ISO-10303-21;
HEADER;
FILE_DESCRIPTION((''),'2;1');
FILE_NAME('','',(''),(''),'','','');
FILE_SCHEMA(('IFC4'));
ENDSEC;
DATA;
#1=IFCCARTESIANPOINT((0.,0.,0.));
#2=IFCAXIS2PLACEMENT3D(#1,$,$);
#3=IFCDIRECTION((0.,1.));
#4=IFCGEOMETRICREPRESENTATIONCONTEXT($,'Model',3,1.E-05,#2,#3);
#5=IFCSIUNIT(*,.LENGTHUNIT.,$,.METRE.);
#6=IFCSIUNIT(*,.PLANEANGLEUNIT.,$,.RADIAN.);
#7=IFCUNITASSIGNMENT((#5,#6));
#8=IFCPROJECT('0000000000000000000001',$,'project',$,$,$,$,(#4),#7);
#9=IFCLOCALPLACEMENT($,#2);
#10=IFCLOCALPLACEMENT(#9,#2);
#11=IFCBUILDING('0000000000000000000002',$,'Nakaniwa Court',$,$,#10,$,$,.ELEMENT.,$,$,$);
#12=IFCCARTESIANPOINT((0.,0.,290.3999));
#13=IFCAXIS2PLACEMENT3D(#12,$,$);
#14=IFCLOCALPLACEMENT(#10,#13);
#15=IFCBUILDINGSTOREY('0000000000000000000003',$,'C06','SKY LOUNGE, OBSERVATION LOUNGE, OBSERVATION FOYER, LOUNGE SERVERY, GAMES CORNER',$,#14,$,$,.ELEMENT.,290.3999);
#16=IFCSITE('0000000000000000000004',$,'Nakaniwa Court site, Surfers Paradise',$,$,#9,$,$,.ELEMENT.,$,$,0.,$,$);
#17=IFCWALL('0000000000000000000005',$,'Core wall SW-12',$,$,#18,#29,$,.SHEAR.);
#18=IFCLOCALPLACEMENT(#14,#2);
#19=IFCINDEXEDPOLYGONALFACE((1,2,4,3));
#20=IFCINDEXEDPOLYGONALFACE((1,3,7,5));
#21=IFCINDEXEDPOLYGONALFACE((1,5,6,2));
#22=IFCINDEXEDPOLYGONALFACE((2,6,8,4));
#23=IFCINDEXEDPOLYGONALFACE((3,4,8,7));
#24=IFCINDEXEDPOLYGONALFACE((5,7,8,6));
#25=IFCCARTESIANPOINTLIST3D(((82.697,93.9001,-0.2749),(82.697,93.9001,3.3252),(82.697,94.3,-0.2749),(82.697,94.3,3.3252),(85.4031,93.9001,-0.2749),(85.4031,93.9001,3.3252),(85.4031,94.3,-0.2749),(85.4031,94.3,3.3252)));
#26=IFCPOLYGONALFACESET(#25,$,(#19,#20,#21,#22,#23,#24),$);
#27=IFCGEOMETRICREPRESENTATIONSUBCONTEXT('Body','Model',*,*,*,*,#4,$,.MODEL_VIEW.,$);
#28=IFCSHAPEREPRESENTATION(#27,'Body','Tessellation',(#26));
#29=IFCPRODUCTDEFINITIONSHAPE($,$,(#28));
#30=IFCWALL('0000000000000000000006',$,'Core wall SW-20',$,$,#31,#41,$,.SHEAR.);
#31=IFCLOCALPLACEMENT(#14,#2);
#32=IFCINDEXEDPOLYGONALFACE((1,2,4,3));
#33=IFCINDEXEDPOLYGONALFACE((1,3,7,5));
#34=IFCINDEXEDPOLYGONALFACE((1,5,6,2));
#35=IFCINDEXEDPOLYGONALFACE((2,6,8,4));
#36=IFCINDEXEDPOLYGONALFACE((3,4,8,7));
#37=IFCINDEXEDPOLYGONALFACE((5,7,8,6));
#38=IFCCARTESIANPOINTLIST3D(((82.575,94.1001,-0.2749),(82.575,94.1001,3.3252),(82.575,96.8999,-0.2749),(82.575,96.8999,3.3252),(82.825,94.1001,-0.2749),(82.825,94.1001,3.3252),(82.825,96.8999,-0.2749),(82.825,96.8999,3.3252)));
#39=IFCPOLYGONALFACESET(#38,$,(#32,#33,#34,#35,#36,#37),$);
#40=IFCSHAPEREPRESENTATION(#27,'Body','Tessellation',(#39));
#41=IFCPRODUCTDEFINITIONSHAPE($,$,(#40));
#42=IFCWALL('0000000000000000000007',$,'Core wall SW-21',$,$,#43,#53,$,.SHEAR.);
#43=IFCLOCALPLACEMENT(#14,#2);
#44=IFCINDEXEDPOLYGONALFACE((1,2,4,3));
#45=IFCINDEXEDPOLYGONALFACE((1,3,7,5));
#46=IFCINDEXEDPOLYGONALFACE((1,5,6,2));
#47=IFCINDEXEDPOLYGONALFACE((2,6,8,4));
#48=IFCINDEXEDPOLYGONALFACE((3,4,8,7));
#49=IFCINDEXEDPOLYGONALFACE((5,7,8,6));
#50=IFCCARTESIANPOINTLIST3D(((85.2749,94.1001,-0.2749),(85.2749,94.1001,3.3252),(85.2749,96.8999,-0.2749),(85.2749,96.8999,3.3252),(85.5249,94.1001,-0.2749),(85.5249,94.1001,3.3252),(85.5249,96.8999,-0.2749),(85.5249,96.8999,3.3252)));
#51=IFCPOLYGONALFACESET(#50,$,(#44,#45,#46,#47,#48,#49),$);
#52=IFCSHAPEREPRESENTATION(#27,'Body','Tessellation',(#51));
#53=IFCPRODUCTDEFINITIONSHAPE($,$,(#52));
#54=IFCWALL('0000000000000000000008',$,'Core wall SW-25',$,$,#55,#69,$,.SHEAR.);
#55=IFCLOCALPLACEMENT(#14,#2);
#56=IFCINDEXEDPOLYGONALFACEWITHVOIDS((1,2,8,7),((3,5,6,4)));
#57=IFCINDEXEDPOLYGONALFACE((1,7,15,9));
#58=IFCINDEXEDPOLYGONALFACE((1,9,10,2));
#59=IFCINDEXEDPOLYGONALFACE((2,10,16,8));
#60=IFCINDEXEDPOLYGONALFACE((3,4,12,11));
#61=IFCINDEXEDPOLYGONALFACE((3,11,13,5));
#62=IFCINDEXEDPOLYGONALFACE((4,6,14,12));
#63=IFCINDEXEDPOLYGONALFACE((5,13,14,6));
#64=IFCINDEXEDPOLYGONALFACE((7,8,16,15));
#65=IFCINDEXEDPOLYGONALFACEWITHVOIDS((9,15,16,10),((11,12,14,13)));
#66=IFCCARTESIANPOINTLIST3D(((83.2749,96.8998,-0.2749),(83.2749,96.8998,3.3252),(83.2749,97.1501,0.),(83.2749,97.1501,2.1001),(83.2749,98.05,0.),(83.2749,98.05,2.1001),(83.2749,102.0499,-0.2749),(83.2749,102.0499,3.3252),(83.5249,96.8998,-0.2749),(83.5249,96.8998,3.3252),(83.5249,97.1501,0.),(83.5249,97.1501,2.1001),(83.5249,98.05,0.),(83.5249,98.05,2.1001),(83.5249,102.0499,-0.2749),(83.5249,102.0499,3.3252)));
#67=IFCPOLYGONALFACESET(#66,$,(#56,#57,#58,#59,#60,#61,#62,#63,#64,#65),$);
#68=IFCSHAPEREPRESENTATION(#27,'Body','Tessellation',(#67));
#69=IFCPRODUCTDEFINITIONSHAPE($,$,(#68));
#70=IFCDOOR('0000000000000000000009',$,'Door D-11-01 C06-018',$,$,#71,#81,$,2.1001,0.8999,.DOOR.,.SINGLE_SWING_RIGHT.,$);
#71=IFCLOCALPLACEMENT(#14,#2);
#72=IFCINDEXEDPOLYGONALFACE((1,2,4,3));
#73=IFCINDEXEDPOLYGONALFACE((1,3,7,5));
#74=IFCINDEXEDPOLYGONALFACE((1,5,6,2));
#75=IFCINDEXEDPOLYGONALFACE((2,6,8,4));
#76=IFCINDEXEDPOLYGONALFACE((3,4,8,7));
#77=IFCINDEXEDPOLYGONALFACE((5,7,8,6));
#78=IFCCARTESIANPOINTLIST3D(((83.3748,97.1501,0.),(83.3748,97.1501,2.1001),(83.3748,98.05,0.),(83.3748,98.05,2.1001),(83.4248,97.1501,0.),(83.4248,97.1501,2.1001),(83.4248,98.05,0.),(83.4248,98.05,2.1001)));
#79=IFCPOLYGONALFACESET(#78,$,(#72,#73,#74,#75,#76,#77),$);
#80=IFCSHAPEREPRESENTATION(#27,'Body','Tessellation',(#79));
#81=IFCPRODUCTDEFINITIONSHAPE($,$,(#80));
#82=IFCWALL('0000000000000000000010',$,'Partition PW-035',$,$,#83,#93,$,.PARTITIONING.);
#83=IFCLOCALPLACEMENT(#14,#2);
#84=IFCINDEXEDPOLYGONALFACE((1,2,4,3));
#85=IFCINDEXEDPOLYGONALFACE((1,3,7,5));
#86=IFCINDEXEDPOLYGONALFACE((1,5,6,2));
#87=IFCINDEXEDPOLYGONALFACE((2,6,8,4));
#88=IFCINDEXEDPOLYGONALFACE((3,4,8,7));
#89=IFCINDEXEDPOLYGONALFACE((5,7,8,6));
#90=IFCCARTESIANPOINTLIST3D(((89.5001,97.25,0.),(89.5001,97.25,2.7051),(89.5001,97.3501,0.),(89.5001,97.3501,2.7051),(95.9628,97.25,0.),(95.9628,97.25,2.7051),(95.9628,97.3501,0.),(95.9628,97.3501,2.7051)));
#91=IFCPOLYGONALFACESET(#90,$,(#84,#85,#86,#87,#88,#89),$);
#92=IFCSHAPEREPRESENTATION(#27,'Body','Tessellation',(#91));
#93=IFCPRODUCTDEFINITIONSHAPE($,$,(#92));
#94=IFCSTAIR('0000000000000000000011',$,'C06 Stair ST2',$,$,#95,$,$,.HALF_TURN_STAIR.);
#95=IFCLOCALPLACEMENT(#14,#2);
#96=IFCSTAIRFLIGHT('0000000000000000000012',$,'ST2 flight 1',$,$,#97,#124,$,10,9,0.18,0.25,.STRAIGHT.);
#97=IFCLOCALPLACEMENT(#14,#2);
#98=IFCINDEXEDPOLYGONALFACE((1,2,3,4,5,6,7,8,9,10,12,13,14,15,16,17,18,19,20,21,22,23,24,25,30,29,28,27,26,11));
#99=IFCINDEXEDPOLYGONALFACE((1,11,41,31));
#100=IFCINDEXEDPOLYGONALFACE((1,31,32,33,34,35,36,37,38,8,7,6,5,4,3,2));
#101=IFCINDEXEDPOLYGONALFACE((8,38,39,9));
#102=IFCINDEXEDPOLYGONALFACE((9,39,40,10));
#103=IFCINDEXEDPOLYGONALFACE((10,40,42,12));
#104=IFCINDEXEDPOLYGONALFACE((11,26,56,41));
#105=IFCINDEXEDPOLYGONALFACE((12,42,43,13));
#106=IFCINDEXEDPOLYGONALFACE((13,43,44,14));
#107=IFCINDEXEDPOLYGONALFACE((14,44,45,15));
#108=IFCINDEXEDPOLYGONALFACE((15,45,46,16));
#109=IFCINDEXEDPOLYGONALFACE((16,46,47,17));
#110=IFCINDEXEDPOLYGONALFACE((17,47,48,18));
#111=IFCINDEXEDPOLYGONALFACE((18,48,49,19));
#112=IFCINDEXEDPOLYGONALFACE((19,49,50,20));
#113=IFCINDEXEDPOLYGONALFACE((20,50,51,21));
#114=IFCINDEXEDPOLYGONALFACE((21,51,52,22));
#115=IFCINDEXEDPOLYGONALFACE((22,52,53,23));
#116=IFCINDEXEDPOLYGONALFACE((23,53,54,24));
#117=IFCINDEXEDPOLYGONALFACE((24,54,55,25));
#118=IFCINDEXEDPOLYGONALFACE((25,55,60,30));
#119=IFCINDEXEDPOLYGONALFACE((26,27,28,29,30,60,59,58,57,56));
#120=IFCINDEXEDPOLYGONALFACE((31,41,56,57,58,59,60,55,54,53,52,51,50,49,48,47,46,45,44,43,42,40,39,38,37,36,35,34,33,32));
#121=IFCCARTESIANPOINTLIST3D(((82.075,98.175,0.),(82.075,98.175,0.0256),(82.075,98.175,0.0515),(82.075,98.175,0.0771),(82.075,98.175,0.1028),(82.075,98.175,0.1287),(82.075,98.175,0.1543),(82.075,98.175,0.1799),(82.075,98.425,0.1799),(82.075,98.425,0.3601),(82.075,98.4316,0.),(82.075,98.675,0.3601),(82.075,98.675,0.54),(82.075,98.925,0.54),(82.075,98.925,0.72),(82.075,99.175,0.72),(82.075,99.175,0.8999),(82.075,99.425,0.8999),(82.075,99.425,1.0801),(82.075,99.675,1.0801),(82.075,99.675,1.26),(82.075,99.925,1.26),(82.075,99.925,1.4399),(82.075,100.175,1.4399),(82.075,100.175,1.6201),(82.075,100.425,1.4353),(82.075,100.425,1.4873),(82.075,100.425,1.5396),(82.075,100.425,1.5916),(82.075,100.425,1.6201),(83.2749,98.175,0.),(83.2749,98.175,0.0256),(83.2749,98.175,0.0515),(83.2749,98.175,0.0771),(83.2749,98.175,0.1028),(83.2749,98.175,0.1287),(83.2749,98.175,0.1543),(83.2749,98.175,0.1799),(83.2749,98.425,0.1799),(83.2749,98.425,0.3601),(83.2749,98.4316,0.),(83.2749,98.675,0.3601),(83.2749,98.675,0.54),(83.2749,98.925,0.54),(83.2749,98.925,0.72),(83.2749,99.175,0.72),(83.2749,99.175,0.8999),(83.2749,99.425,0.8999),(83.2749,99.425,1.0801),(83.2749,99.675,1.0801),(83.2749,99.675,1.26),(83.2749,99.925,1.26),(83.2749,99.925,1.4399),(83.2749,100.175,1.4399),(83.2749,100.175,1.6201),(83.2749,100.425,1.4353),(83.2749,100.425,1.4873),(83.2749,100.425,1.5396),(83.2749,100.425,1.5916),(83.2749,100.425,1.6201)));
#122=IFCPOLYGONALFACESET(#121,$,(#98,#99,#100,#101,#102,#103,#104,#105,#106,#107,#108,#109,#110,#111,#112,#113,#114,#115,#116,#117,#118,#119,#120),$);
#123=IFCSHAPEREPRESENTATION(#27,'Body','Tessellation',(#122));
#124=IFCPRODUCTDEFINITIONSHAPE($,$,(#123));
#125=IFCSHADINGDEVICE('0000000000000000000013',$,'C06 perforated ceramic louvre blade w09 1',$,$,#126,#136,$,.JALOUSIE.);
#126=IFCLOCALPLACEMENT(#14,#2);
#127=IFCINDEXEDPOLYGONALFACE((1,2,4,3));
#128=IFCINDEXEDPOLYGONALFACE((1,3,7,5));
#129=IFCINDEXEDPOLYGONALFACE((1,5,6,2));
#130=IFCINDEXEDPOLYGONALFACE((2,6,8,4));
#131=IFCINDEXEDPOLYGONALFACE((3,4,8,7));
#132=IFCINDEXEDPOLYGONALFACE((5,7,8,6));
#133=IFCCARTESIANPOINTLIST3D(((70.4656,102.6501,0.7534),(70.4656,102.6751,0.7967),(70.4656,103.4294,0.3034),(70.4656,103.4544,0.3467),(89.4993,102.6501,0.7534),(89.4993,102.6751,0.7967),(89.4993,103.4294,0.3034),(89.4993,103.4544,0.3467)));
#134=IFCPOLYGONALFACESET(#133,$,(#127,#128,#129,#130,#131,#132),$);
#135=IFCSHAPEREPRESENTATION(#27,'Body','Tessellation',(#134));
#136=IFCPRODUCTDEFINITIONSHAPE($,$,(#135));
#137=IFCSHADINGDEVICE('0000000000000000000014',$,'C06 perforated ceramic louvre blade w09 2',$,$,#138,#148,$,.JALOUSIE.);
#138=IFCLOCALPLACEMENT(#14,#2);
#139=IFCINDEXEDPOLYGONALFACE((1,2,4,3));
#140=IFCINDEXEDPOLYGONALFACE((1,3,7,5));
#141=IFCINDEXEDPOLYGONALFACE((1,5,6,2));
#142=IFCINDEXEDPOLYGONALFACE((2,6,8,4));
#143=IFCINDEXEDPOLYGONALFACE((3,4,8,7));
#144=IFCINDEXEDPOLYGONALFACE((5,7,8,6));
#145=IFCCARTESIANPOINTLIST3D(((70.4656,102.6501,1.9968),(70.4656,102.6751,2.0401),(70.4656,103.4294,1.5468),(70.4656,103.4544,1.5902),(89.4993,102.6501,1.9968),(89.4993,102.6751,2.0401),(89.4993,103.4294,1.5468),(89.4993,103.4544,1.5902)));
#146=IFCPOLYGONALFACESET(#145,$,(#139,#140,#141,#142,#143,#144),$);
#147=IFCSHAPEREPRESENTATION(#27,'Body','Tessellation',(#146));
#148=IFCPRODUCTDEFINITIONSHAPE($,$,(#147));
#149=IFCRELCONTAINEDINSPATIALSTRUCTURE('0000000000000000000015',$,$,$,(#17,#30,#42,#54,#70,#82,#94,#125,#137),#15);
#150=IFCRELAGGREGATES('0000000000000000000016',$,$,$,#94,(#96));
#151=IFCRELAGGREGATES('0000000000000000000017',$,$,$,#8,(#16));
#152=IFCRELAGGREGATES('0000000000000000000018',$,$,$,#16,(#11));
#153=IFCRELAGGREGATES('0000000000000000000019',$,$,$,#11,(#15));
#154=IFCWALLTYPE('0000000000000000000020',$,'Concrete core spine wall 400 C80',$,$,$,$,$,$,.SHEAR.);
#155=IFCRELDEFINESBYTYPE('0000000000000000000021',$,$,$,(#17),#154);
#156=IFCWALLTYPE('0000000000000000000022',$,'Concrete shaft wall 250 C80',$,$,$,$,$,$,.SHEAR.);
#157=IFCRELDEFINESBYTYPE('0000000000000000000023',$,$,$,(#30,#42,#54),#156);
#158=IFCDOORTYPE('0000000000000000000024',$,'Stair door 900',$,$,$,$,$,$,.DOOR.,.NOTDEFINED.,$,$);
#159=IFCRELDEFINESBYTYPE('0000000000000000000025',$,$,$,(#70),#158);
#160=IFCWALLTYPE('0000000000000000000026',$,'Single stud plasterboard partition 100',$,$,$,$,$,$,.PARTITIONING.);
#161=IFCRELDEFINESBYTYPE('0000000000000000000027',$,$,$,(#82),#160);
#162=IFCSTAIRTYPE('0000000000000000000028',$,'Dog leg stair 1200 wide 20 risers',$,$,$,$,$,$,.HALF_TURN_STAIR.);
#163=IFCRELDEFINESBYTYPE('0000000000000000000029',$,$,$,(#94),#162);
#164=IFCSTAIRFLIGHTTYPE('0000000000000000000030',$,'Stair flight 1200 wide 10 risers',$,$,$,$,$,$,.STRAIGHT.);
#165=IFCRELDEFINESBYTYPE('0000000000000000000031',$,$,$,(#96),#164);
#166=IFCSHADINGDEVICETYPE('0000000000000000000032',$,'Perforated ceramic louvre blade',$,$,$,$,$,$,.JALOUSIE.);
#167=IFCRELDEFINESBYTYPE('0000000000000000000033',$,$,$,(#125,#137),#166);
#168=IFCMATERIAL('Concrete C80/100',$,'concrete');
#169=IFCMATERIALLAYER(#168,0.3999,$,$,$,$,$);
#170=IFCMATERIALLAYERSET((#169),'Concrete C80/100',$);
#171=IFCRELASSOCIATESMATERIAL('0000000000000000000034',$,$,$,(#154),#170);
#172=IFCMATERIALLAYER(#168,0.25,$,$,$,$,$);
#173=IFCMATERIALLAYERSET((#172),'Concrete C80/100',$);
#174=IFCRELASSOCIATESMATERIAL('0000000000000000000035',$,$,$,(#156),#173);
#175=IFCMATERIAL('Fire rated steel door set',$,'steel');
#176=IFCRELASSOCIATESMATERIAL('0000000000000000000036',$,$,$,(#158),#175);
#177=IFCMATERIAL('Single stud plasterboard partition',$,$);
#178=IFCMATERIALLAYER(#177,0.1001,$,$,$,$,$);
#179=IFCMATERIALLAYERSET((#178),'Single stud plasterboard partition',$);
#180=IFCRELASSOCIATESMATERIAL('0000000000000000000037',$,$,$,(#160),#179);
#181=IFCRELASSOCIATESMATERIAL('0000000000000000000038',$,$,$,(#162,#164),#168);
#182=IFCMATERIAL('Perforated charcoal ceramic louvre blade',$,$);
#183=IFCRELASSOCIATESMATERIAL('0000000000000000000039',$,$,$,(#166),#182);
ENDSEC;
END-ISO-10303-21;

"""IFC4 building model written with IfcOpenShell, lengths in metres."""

from ifc_helpers import new_model, si_unit, direction, frame, frame_2d, origin, origin_2d, place, context, subcontext, project, spatial, polyline, rectangle, outline, extrude, material, layer, layer_set, material_profile, profile_set, type_object, element, fill, aggregate, save


model = new_model("IFC4")

# Units and contexts
model_context = context("Model", 3, precision=1e-05, world=origin(), true_north=direction((0.0, 1.0)))
body_context = subcontext(model_context, "Body", "Model", "MODEL_VIEW")
ifc_project = project(units=[si_unit("LENGTHUNIT", "METRE"), si_unit("PLANEANGLEUNIT", "RADIAN")], contexts=[model_context])

# Site, building, storey
site_placement = place(None, origin())
site = spatial("IfcSite", under=ifc_project, at=site_placement, Name="Nakaniwa Court site, Surfers Paradise", CompositionType="ELEMENT", RefElevation=0.0)
building_placement = place(site_placement, origin())
building = spatial("IfcBuilding", under=site, at=building_placement, Name="Nakaniwa Court", CompositionType="ELEMENT")
storey_placement = place(building_placement, frame((0.0, 0.0, 290.3999)))
storey = spatial("IfcBuildingStorey", under=building, at=storey_placement, Name="C06", Description="SKY LOUNGE, OBSERVATION LOUNGE, OBSERVATION FOYER, LOUNGE SERVERY, GAMES CORNER", CompositionType="ELEMENT", Elevation=290.3999)

# Shared definitions
ifc_material_1 = material(Name="Concrete C80/100", Category="concrete")

# Shared definitions
ifc_material_2 = material(Name="Fire rated steel door set", Category="steel")

# Walls
ifc_layer_1 = layer(ifc_material_1, 0.3999)
ifc_layer_set_1 = layer_set([ifc_layer_1], Name="Concrete C80/100")
wall_type_1 = type_object("IfcWallType", Name="Concrete core spine wall 400 C80", PredefinedType="SHEAR", material=ifc_layer_set_1)
wall_1_placement = place(storey_placement, frame((82.697, 94.1001, -0.2749), z_axis=(0.0, 0.0, 1.0), x_axis=(1.0, 0.0, 0.0)))
element("IfcWall", 1, at=wall_1_placement, inside=storey, type_object=wall_type_1, Name="Core wall SW-12", PredefinedType="SHEAR", context=body_context, shape_type="SweptSolid", body=[
    extrude(rectangle(XDim=2.7061, YDim=0.3999, at=frame_2d((1.353, 0.0))), origin(), (0.0, 0.0, 1.0), 3.6001),
])
ifc_layer_2 = layer(ifc_material_1, 0.25)
ifc_layer_set_2 = layer_set([ifc_layer_2], Name="Concrete C80/100")
wall_type_2 = type_object("IfcWallType", Name="Concrete shaft wall 250 C80", PredefinedType="SHEAR", material=ifc_layer_set_2)
for number, where, z_axis, x_axis, name in (
    (2, (82.7, 94.1001, -0.2749), (0.0, 0.0, 1.0), (0.0, 1.0, 0.0), "Core wall SW-20"),
    (3, (85.3999, 94.1001, -0.2749), (0.0, 0.0, 1.0), (0.0, 1.0, 0.0), "Core wall SW-21"),
):
    element("IfcWall", number, at=place(storey_placement, frame(where, z_axis=z_axis, x_axis=x_axis)), inside=storey, type_object=wall_type_2, Name=name, PredefinedType="SHEAR", context=body_context, shape_type="SweptSolid", body=[
        extrude(rectangle(XDim=2.7998, YDim=0.25, at=frame_2d((1.3999, 0.0))), origin(), (0.0, 0.0, 1.0), 3.6001),
    ])

# Wall, opening, door
wall_2_placement = place(storey_placement, frame((83.3999, 102.05, -0.2749), z_axis=(0.0, 0.0, 1.0), x_axis=(0.0, -1.0, 0.0)))
wall_2 = element("IfcWall", 4, at=wall_2_placement, inside=storey, type_object=wall_type_2, Name="Core wall SW-25", PredefinedType="SHEAR", context=body_context, shape_type="SweptSolid", body=[
    extrude(rectangle(XDim=5.1501, YDim=0.25, at=frame_2d((2.5752, 0.0))), origin(), (0.0, 0.0, 1.0), 3.6001),
])
opening_1_placement = place(wall_2_placement, frame((4.0, 0.0, 0.2749)))
opening_1 = element("IfcOpeningElement", 5, at=opening_1_placement, cuts=wall_2, PredefinedType="OPENING", context=body_context, shape_type="SweptSolid", body=[
    extrude(rectangle(XDim=0.8999, YDim=2.1001, at=frame_2d((0.45, 1.05))), frame((0.0, 0.135, 0.0), z_axis=(0.0, -1.0, 0.0), x_axis=(1.0, 0.0, 0.0)), (0.0, 0.0, 1.0), 0.27),
])
door_type_1 = type_object("IfcDoorType", Name="Stair door 900", OperationType="NOTDEFINED", PredefinedType="DOOR", material=ifc_material_2)
door_1_placement = place(opening_1_placement, origin())
door_1 = element("IfcDoor", 6, at=door_1_placement, inside=storey, type_object=door_type_1, Name="Door D-11-01 C06-018", OperationType="SINGLE_SWING_RIGHT", OverallHeight=2.1001, OverallWidth=0.8999, PredefinedType="DOOR", context=body_context, shape_type="SweptSolid", body=[
    extrude(rectangle(XDim=0.8999, YDim=2.1001, at=frame_2d((0.45, 1.05))), frame((0.0, 0.0249, 0.0), z_axis=(0.0, -1.0, 0.0), x_axis=(1.0, 0.0, 0.0)), (0.0, 0.0, 1.0), 0.05),
])
fill(opening_1, door_1)

# Wall
ifc_material_3 = material(Name="Single stud plasterboard partition")
ifc_layer_3 = layer(ifc_material_3, 0.1001)
ifc_layer_set_3 = layer_set([ifc_layer_3], Name="Single stud plasterboard partition")
wall_type_3 = type_object("IfcWallType", Name="Single stud plasterboard partition 100", PredefinedType="PARTITIONING", material=ifc_layer_set_3)
wall_3_placement = place(storey_placement, frame((89.5, 97.3, 0.0), z_axis=(0.0, 0.0, 1.0), x_axis=(1.0, 0.0, 0.0)))
element("IfcWall", 7, at=wall_3_placement, inside=storey, type_object=wall_type_3, Name="Partition PW-035", PredefinedType="PARTITIONING", context=body_context, shape_type="SweptSolid", body=[
    extrude(rectangle(XDim=6.4626, YDim=0.1001, at=frame_2d((3.2314, 0.0))), origin(), (0.0, 0.0, 1.0), 2.7051),
])

# Stair, stair flight
stair_type = type_object("IfcStairType", Name="Dog leg stair 1200 wide 20 risers", PredefinedType="HALF_TURN_STAIR", material=ifc_material_1)
stair_placement = place(storey_placement, origin())
stair = element("IfcStair", 8, at=stair_placement, inside=storey, type_object=stair_type, Name="C06 Stair ST2", PredefinedType="HALF_TURN_STAIR")
stair_flight_type = type_object("IfcStairFlightType", Name="Stair flight 1200 wide 10 risers", PredefinedType="STRAIGHT", material=ifc_material_1)
stair_flight_placement = place(storey_placement, frame((82.675, 98.175, 0.0), z_axis=(0.0, 0.0, 1.0), x_axis=(0.0, 1.0, 0.0)))
stair_flight = element("IfcStairFlight", 9, at=stair_flight_placement, type_object=stair_flight_type, Name="ST2 flight 1", NumberOfRisers=10, NumberOfTreads=9, PredefinedType="STRAIGHT", RiserHeight=0.18, TreadLength=0.25, context=body_context, shape_type="SweptSolid", body=[
    extrude(outline(polyline([(0.0, 0.0), (0.0, 0.0256), (0.0, 0.0515), (0.0, 0.0771), (0.0, 0.1028), (0.0, 0.1287), (0.0, 0.1543), (0.0, 0.1799), (0.25, 0.1799), (0.25, 0.3601), (0.5, 0.3601), (0.5, 0.54), (0.75, 0.54), (0.75, 0.72), (1.0, 0.72), (1.0, 0.8999), (1.25, 0.8999), (1.25, 1.0801), (1.5, 1.0801), (1.5, 1.26), (1.75, 1.26), (1.75, 1.4399), (2.0, 1.4399), (2.0, 1.6201), (2.25, 1.6201), (2.25, 1.8), (2.25, 1.7478), (2.25, 1.6958), (2.25, 1.6438), (2.25, 1.5916), (2.25, 1.5396), (2.25, 1.4873), (2.25, 1.4353), (0.2566, 0.0), (0.0, 0.0)])), frame((0.0, 0.6001, 0.0), z_axis=(0.0, -1.0, 0.0), x_axis=(1.0, 0.0, 0.0)), (0.0, 0.0, 1.0), 1.2),
])
aggregate(stair, [stair_flight])

# Shading devices
ifc_material_4 = material(Name="Perforated charcoal ceramic louvre blade")
ifc_material_profile_1 = material_profile(ifc_material_4, rectangle(XDim=0.8999, YDim=0.05, at=origin_2d()), Name="Perforated ceramic louvre blade")
ifc_profile_set_1 = profile_set([ifc_material_profile_1], Name="Perforated charcoal ceramic louvre blade")
shading_device_type = type_object("IfcShadingDeviceType", Name="Perforated ceramic louvre blade", PredefinedType="JALOUSIE", material=ifc_profile_set_1)
for number, where, z_axis, x_axis, name in (
    (10, (89.4993, 103.0522, 0.55), (-1.0, 0.0, 0.0), (0.0, -0.866025, 0.5), "C06 perforated ceramic louvre blade w09 1"),
    (11, (89.4993, 103.0522, 1.7935), (-1.0, 0.0, 0.0), (0.0, -0.866025, 0.5), "C06 perforated ceramic louvre blade w09 2"),
):
    element("IfcShadingDevice", number, at=place(storey_placement, frame(where, z_axis=z_axis, x_axis=x_axis)), inside=storey, type_object=shading_device_type, Name=name, PredefinedType="JALOUSIE", context=body_context, shape_type="SweptSolid", body=[
        extrude(rectangle(XDim=0.8999, YDim=0.05, at=origin_2d()), origin(), (0.0, 0.0, 1.0), 19.0337),
    ])

save(model, "model.ifc")
